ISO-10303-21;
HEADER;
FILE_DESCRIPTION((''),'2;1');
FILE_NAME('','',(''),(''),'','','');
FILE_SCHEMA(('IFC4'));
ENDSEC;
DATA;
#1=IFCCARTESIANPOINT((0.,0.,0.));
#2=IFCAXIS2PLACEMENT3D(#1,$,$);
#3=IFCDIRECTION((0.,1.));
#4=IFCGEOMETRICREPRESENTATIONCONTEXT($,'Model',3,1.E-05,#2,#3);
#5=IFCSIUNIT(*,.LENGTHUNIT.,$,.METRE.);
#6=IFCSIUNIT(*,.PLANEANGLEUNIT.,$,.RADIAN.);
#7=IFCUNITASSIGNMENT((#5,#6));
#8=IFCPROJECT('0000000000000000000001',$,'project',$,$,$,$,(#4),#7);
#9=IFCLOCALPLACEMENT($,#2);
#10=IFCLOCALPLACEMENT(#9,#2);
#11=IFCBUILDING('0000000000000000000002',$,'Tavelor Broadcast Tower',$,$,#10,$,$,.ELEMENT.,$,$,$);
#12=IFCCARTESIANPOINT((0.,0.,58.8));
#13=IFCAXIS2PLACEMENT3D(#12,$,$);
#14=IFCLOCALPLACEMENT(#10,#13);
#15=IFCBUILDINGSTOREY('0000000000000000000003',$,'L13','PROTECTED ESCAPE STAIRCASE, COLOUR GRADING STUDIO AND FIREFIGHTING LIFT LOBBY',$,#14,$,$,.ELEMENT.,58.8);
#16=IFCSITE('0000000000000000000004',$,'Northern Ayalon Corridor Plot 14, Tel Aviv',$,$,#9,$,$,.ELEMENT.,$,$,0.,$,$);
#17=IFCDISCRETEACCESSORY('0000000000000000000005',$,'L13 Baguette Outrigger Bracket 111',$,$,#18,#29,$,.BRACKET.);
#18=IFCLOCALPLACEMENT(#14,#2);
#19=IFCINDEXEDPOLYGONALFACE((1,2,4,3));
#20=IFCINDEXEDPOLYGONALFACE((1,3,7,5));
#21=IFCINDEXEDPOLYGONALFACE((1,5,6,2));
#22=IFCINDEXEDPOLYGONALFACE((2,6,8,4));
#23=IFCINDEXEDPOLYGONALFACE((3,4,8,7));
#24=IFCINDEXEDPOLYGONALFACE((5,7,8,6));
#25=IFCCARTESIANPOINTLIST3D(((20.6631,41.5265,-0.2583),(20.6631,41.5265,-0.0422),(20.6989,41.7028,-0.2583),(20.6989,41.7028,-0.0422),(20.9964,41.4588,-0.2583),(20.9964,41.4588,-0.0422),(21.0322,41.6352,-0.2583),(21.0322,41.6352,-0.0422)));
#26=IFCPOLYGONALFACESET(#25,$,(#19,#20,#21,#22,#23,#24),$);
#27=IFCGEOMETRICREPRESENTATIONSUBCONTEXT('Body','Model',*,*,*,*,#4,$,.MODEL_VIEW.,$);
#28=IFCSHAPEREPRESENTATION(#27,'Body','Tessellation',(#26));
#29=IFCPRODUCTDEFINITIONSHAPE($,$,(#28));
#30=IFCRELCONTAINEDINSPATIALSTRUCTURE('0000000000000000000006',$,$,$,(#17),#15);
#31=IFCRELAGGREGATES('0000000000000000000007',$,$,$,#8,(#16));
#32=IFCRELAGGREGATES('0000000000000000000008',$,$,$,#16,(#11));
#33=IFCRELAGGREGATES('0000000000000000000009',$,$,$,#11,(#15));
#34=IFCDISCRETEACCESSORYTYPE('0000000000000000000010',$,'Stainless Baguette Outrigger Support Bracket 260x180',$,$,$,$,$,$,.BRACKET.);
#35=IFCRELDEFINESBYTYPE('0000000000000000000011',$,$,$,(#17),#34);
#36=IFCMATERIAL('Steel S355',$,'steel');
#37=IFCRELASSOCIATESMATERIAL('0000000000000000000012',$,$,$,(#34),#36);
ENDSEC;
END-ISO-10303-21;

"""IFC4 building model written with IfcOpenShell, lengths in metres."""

from ifc_helpers import new_model, si_unit, direction, frame, origin, origin_2d, place, context, subcontext, project, spatial, rectangle, extrude, source, transform, mapped, material, type_object, type_shapes, element, save


model = new_model("IFC4")

# Units and contexts
model_context = context("Model", 3, precision=1e-05, world=origin(), true_north=direction((0.0, 1.0)))
body_context = subcontext(model_context, "Body", "Model", "MODEL_VIEW")
ifc_project = project(units=[si_unit("LENGTHUNIT", "METRE"), si_unit("PLANEANGLEUNIT", "RADIAN")], contexts=[model_context])

# Site, building, storey
site_placement = place(None, origin())
site = spatial("IfcSite", under=ifc_project, at=site_placement, Name="Northern Ayalon Corridor Plot 14, Tel Aviv", CompositionType="ELEMENT", RefElevation=0.0)
building_placement = place(site_placement, origin())
building = spatial("IfcBuilding", under=site, at=building_placement, Name="Tavelor Broadcast Tower", CompositionType="ELEMENT")
storey_placement = place(building_placement, frame((0.0, 0.0, 58.8)))
storey = spatial("IfcBuildingStorey", under=building, at=storey_placement, Name="L13", Description="PROTECTED ESCAPE STAIRCASE, COLOUR GRADING STUDIO AND FIREFIGHTING LIFT LOBBY", CompositionType="ELEMENT", Elevation=58.8)

# Shared definitions
ifc_material_1 = material(Name="Steel S355", Category="steel")

# Discrete accessory
discrete_accessory_type = type_object("IfcDiscreteAccessoryType", Name="Stainless Baguette Outrigger Support Bracket 260x180", PredefinedType="BRACKET", material=ifc_material_1)
shared_shape_1 = source(origin(), body_context, "Body", "SweptSolid", [
    extrude(rectangle(XDim=0.1799, YDim=0.3401, at=origin_2d()), origin(), (0.0, 0.0, 1.0), 0.2161),
])
type_shapes(discrete_accessory_type, [shared_shape_1])
for number, where, z_axis, x_axis, name in (
    (1, (20.8477, 41.5808, -0.2583), (0.0, 0.0, 1.0), (-0.198855, -0.980029, 0.0), "L13 Baguette Outrigger Bracket 111"),
):
    element("IfcDiscreteAccessory", number, at=place(storey_placement, frame(where, z_axis=z_axis, x_axis=x_axis)), inside=storey, type_object=discrete_accessory_type, Name=name, PredefinedType="BRACKET", context=body_context, shape_type="MappedRepresentation", body=[
        mapped(shared_shape_1, transform((0.0, 0.0, 0.0), scale=1.0)),
    ])

save(model, "model.ifc")
